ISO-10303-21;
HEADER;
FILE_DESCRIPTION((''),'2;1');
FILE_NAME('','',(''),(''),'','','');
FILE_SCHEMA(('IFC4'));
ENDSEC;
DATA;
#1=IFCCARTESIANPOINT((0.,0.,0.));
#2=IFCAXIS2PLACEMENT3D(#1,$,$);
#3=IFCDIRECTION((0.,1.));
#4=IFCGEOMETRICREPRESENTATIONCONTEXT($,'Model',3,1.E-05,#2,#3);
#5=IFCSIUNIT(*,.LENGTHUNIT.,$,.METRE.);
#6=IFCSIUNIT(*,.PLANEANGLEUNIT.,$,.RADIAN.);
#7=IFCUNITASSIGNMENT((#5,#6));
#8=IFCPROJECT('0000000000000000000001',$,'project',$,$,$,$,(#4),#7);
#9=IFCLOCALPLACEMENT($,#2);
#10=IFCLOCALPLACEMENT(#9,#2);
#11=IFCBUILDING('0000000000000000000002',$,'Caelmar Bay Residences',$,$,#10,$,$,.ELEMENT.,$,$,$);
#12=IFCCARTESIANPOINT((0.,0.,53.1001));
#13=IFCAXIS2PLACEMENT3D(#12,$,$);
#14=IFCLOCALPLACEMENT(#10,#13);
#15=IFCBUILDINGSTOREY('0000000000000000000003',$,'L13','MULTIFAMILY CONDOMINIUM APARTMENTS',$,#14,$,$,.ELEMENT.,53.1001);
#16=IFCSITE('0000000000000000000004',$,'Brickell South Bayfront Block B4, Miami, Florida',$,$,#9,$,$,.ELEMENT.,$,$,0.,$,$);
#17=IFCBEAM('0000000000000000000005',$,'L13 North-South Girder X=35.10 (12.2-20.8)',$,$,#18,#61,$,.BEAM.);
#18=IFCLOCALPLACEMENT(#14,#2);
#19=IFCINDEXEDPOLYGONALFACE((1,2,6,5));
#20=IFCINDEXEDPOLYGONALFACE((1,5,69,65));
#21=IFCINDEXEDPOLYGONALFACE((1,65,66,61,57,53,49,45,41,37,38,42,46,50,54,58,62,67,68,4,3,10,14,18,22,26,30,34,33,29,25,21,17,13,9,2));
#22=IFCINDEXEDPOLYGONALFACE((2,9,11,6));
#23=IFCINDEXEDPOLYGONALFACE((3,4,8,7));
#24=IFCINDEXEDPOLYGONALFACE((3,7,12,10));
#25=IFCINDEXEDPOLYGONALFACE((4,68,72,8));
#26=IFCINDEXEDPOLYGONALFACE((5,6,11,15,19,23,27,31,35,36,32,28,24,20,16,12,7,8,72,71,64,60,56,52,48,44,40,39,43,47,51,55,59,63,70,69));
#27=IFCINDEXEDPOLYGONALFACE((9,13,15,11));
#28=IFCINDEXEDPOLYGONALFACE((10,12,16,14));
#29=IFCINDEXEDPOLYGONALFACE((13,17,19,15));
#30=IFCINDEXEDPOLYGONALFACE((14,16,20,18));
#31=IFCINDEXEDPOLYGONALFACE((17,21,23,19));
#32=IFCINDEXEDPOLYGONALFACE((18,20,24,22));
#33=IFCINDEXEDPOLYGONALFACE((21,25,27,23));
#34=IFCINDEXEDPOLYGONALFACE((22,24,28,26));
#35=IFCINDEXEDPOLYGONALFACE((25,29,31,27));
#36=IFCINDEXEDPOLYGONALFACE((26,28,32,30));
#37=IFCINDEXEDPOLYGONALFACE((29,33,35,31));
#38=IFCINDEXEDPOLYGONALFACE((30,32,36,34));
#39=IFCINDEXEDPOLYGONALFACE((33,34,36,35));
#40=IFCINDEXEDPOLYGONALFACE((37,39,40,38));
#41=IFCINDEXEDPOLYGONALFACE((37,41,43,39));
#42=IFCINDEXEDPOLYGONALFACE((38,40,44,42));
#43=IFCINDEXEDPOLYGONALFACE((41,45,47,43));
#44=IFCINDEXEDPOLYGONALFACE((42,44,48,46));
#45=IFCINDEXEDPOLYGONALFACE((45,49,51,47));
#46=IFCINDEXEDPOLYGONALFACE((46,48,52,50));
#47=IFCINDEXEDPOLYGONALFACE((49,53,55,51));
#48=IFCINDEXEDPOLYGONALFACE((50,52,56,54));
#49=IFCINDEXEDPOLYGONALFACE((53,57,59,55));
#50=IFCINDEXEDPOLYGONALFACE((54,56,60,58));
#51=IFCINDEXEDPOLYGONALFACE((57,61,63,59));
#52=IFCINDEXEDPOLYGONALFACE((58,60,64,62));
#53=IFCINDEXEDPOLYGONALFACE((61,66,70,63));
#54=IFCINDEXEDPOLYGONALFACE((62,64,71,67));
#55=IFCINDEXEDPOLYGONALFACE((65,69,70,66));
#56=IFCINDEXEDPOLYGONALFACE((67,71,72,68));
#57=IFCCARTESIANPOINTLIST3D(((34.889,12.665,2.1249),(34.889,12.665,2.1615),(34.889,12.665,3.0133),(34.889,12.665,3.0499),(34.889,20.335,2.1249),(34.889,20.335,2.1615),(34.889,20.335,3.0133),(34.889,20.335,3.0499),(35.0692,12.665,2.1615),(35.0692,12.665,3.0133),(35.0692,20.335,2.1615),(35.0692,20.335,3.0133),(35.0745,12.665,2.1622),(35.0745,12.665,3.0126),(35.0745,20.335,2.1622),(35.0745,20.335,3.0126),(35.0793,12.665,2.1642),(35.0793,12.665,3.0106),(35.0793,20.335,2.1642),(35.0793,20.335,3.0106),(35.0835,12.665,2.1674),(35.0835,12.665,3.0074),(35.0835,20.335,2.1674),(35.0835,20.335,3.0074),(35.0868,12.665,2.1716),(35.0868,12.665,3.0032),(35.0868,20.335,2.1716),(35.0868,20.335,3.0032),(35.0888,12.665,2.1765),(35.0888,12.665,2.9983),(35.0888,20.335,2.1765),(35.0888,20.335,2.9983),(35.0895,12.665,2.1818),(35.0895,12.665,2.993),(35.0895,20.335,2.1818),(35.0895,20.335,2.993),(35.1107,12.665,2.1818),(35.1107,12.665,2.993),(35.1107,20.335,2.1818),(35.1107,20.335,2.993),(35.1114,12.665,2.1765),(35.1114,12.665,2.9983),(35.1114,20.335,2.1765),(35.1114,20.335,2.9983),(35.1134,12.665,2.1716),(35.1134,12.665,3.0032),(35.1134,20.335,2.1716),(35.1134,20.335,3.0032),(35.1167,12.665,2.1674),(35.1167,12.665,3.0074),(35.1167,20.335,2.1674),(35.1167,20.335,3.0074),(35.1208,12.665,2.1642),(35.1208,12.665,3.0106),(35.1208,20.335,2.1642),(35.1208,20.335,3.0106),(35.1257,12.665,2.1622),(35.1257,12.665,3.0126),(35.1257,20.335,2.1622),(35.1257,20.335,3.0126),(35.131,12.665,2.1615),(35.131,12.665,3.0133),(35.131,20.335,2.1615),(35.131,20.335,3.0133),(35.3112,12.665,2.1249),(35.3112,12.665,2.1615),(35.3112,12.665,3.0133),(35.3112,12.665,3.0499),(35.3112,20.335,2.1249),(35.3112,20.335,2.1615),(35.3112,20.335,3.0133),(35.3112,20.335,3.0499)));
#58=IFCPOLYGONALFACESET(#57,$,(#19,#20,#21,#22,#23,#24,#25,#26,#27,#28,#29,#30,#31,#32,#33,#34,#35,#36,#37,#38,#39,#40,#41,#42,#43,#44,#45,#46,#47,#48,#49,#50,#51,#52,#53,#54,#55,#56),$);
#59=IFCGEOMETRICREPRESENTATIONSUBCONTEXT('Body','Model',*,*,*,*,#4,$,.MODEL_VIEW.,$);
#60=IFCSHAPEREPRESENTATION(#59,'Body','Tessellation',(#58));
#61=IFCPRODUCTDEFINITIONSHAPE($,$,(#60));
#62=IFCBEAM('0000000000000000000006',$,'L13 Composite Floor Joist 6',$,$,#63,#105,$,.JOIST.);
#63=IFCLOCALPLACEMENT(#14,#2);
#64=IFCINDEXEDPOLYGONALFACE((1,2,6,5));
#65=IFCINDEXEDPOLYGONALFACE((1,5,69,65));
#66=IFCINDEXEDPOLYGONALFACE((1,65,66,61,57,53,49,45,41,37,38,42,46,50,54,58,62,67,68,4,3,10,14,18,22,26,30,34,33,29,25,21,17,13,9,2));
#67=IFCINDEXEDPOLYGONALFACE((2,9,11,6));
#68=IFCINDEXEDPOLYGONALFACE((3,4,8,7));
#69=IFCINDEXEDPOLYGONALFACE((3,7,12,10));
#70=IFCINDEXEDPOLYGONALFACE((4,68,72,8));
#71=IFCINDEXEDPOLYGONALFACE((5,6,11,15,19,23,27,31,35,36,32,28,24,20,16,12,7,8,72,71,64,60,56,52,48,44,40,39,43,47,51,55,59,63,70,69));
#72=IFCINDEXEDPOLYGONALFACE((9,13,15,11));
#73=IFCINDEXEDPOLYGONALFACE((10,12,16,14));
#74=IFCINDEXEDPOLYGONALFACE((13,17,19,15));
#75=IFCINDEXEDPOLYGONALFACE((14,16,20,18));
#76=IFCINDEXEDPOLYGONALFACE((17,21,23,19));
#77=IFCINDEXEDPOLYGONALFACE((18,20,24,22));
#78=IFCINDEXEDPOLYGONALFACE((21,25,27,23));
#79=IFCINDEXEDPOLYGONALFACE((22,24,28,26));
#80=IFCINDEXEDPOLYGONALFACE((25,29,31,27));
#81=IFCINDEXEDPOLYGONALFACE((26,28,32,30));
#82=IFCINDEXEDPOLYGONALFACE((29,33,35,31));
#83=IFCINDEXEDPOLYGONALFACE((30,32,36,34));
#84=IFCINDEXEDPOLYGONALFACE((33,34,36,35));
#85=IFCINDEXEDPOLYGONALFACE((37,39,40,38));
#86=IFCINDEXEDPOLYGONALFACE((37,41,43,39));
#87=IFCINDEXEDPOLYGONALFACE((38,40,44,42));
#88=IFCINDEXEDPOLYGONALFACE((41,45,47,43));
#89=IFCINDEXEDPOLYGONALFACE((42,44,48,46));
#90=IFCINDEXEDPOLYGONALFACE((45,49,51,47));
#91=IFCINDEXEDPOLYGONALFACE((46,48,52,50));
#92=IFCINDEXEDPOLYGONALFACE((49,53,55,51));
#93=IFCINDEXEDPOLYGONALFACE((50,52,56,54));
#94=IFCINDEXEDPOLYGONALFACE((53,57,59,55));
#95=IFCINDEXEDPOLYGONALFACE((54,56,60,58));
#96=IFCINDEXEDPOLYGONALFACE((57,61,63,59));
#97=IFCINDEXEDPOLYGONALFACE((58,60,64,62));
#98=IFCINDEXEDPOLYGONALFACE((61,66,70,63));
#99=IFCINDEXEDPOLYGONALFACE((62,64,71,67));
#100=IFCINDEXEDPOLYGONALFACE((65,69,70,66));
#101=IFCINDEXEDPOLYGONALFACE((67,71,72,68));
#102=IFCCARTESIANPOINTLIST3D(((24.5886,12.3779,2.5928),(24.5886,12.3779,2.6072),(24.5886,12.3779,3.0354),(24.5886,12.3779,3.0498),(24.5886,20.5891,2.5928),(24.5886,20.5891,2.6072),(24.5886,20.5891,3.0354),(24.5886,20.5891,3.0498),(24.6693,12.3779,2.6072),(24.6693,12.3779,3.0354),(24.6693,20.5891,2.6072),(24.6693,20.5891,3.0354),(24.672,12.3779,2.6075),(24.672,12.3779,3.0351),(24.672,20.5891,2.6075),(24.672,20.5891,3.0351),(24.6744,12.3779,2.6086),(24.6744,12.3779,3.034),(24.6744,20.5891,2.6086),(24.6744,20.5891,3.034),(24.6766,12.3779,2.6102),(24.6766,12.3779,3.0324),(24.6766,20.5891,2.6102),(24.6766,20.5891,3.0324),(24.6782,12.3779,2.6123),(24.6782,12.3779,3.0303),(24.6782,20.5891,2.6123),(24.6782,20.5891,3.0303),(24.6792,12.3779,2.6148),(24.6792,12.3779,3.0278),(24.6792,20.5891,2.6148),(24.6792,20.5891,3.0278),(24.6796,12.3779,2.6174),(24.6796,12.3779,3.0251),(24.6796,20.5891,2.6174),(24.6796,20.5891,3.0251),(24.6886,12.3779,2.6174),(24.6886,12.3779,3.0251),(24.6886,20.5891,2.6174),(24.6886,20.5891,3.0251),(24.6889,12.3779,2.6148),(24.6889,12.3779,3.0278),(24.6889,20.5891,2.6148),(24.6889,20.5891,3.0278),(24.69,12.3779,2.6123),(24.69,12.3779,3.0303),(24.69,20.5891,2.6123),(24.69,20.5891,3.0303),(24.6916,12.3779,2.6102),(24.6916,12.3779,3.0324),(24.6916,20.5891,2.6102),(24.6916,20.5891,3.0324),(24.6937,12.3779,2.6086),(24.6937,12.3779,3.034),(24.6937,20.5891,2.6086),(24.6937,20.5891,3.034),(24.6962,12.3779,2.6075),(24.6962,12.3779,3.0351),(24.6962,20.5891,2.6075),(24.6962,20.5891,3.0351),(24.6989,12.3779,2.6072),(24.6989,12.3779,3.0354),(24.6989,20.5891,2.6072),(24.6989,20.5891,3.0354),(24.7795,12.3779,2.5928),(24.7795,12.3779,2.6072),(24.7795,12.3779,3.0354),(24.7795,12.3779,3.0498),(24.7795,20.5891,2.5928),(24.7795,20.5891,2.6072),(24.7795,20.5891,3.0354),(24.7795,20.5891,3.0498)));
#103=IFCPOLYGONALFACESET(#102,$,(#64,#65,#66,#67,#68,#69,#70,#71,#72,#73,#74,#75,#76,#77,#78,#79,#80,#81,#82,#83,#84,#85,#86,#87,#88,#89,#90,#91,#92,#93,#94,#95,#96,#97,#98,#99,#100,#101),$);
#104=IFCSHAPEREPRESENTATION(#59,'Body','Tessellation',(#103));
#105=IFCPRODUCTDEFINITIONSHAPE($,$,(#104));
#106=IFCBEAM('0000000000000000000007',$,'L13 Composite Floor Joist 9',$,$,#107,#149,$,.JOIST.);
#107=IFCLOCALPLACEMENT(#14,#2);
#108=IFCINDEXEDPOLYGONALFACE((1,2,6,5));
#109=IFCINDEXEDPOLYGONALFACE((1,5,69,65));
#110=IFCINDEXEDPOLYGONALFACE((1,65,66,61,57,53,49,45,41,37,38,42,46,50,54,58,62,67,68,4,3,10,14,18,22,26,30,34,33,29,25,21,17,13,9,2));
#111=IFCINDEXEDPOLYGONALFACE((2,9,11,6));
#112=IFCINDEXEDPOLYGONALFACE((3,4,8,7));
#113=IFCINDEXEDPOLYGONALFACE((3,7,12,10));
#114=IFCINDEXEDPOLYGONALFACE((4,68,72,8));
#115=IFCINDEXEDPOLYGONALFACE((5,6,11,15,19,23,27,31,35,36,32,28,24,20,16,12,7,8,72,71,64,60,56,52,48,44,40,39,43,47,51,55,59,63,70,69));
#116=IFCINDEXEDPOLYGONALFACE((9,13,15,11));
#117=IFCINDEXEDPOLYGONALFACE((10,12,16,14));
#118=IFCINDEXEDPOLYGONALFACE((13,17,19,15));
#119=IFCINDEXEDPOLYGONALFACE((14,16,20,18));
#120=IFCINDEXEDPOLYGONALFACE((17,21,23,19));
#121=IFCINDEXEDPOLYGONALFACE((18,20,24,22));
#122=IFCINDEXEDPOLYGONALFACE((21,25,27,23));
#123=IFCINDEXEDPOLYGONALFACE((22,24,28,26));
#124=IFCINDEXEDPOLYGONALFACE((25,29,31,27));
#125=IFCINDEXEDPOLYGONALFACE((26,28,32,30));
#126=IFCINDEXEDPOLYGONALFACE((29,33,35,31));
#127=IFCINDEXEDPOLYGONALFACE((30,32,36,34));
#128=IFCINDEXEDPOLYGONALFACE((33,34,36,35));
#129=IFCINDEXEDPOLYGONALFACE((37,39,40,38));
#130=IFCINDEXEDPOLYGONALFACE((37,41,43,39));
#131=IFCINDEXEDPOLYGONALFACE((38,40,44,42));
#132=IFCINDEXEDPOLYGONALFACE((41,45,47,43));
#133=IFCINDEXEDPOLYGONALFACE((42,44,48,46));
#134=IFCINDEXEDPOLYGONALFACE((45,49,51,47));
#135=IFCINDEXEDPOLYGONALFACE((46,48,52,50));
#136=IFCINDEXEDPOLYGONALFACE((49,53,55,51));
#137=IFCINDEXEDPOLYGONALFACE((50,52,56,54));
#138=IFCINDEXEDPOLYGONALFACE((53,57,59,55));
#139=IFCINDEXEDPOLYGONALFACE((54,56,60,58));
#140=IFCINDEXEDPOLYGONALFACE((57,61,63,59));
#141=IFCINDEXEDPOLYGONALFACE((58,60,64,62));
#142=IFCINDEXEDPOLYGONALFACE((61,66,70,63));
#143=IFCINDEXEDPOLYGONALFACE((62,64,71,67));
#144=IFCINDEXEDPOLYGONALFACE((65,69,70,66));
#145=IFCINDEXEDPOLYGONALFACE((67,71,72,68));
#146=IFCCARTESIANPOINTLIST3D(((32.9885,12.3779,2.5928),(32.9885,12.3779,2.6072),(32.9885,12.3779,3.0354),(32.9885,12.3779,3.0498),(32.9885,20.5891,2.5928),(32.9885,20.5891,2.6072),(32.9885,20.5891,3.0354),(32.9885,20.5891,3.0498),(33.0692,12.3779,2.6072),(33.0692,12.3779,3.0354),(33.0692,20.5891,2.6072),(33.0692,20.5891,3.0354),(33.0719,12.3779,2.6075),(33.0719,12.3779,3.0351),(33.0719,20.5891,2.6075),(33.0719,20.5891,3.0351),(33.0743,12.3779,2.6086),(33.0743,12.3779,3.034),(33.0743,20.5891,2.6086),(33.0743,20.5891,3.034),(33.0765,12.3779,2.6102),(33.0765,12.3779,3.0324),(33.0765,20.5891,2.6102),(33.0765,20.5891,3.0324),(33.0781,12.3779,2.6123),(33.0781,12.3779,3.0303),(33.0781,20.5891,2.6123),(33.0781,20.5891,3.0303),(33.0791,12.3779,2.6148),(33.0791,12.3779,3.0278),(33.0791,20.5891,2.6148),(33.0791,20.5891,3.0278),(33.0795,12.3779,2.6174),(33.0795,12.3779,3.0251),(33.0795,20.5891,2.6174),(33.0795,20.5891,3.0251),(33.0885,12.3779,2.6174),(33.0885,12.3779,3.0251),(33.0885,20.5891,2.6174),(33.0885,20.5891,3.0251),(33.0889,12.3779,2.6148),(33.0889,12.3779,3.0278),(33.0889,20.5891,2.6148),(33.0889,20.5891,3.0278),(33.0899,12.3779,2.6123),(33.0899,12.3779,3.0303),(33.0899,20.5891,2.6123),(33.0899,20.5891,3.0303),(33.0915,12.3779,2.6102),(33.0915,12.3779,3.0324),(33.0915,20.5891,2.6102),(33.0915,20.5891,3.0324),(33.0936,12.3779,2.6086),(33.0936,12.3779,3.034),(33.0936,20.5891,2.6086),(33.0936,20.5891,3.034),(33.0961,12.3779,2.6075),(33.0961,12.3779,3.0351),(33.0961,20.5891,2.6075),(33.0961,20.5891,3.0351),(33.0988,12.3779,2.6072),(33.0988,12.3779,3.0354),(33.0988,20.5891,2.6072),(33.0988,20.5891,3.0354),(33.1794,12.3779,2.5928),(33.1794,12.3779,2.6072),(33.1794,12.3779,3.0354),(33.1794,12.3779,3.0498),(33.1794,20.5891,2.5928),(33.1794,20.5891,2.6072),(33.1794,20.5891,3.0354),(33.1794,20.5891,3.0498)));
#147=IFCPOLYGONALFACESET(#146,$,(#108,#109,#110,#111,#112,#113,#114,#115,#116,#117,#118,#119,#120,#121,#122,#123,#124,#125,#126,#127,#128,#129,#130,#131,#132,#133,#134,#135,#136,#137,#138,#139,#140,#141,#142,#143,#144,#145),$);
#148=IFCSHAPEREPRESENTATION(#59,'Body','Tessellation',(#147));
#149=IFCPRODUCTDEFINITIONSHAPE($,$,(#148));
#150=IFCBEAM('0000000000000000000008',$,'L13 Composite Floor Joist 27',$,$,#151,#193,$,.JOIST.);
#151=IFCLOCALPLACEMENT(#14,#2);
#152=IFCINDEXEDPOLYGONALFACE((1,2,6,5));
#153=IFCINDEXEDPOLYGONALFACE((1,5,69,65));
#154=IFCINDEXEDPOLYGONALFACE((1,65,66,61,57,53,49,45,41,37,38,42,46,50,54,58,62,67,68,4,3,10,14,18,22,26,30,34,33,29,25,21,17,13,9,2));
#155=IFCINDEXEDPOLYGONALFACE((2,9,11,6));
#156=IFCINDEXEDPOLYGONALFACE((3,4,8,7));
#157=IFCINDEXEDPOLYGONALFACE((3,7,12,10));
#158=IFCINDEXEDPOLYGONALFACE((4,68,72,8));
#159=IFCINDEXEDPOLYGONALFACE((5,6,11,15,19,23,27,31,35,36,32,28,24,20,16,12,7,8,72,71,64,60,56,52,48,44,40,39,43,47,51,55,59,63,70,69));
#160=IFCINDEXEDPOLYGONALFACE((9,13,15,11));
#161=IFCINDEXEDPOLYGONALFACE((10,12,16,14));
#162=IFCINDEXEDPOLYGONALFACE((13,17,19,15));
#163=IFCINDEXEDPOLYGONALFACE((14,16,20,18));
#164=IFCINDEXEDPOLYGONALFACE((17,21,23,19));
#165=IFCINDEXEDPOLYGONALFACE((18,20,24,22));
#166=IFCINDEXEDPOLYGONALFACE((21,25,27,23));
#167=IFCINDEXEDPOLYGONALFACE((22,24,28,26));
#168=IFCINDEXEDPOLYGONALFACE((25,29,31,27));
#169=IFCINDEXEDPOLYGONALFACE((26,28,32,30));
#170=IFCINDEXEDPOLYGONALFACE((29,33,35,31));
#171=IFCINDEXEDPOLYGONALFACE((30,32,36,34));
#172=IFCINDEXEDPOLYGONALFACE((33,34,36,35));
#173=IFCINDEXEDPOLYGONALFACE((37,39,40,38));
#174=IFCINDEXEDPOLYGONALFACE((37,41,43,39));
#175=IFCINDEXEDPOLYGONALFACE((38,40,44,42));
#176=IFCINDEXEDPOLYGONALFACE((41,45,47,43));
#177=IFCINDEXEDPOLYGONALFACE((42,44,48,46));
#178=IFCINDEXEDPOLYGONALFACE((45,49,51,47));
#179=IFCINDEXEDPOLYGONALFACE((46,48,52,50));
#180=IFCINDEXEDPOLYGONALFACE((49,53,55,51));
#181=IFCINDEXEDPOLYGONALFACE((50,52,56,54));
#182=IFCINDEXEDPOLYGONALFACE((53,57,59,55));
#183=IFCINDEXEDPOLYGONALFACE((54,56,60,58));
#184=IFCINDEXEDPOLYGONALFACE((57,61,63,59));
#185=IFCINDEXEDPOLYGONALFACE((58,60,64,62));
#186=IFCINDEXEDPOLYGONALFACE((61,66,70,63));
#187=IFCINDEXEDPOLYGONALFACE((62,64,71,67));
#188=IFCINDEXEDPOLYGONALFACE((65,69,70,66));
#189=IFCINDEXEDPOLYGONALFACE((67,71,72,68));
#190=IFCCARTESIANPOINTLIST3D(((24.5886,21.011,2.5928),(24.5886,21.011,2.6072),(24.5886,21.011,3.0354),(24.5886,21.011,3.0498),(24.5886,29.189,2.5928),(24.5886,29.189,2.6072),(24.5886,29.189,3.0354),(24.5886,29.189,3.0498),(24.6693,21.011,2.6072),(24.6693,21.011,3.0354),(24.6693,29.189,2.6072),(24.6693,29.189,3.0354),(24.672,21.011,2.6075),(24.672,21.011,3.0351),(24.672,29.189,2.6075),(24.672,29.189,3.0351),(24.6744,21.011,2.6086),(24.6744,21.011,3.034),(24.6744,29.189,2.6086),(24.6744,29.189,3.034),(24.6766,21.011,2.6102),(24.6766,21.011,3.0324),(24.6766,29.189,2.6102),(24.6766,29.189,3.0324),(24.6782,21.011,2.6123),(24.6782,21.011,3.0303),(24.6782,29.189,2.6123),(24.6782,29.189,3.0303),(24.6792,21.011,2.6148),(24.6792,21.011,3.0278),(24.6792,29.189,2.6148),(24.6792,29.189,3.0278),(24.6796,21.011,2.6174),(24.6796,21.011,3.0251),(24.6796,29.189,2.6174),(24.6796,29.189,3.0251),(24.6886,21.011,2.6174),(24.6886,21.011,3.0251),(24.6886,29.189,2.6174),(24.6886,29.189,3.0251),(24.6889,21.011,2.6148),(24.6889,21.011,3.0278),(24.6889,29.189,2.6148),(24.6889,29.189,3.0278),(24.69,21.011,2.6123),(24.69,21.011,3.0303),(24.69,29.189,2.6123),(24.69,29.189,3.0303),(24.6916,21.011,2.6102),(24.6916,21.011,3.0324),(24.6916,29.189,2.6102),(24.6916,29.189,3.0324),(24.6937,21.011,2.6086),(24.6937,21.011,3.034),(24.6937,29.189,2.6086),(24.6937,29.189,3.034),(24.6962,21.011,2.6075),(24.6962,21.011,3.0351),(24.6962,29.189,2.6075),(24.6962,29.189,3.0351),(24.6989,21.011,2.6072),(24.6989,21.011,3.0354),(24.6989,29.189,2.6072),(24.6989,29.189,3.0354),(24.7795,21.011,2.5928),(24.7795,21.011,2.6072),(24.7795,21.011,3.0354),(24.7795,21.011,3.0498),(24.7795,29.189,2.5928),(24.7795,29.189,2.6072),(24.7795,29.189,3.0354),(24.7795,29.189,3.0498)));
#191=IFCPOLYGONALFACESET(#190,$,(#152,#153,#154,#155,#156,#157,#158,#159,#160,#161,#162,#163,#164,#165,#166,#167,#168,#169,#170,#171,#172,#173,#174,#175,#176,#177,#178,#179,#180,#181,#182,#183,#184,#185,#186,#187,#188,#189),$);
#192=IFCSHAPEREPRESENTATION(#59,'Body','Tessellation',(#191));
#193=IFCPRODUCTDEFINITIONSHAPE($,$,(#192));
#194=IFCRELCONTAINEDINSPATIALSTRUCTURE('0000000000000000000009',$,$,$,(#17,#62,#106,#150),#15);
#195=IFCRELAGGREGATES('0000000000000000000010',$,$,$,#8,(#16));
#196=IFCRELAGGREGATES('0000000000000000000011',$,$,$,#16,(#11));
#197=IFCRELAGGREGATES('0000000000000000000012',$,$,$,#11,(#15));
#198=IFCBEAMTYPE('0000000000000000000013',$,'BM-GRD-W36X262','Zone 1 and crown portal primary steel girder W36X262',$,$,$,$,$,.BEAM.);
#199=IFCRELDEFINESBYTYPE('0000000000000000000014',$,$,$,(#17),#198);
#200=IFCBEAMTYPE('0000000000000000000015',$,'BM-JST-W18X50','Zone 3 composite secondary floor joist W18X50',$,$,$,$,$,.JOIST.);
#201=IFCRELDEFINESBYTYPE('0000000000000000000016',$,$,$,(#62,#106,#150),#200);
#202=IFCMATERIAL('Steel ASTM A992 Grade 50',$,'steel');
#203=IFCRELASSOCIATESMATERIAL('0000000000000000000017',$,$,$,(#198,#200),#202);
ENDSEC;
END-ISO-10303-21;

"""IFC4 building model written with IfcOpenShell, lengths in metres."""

from ifc_helpers import new_model, si_unit, direction, frame, origin, origin_2d, place, context, subcontext, project, spatial, i_section, extrude, material, material_profile, profile_set, type_object, element, save


model = new_model("IFC4")

# Units and contexts
model_context = context("Model", 3, precision=1e-05, world=origin(), true_north=direction((0.0, 1.0)))
body_context = subcontext(model_context, "Body", "Model", "MODEL_VIEW")
ifc_project = project(units=[si_unit("LENGTHUNIT", "METRE"), si_unit("PLANEANGLEUNIT", "RADIAN")], contexts=[model_context])

# Site, building, storey
site_placement = place(None, origin())
site = spatial("IfcSite", under=ifc_project, at=site_placement, Name="Brickell South Bayfront Block B4, Miami, Florida", CompositionType="ELEMENT", RefElevation=0.0)
building_placement = place(site_placement, origin())
building = spatial("IfcBuilding", under=site, at=building_placement, Name="Caelmar Bay Residences", CompositionType="ELEMENT")
storey_placement = place(building_placement, frame((0.0, 0.0, 53.1001)))
storey = spatial("IfcBuildingStorey", under=building, at=storey_placement, Name="L13", Description="MULTIFAMILY CONDOMINIUM APARTMENTS", CompositionType="ELEMENT", Elevation=53.1001)

# Beams
ifc_material_1 = material(Name="Steel ASTM A992 Grade 50", Category="steel")
ifc_material_profile_1 = material_profile(ifc_material_1, i_section(OverallWidth=0.4221, OverallDepth=0.925, WebThickness=0.0212, FlangeThickness=0.0366, FilletRadius=0.0203, at=origin_2d()), Name="W36X262")
ifc_profile_set_1 = profile_set([ifc_material_profile_1], Name="Steel ASTM A992 Grade 50")
beam_type_1 = type_object("IfcBeamType", Name="BM-GRD-W36X262", Description="Zone 1 and crown portal primary steel girder W36X262", PredefinedType="BEAM", material=ifc_profile_set_1)
for number, where, z_axis, x_axis, name in (
    (1, (35.1001, 12.665, 2.5874), (0.0, 1.0, 0.0), (-1.0, 0.0, 0.0), "L13 North-South Girder X=35.10 (12.2-20.8)"),
):
    element("IfcBeam", number, at=place(storey_placement, frame(where, z_axis=z_axis, x_axis=x_axis)), inside=storey, type_object=beam_type_1, Name=name, PredefinedType="BEAM", context=body_context, shape_type="SweptSolid", body=[
        extrude(i_section(OverallWidth=0.4221, OverallDepth=0.925, WebThickness=0.0212, FlangeThickness=0.0366, FilletRadius=0.0203, at=origin_2d()), origin(), (0.0, 0.0, 1.0), 7.6699),
    ])
ifc_material_profile_2 = material_profile(ifc_material_1, i_section(OverallWidth=0.1909, OverallDepth=0.457, WebThickness=0.009, FlangeThickness=0.0144, FilletRadius=0.0103, at=origin_2d()), Name="W18X50")
ifc_profile_set_2 = profile_set([ifc_material_profile_2], Name="Steel ASTM A992 Grade 50")
beam_type_2 = type_object("IfcBeamType", Name="BM-JST-W18X50", Description="Zone 3 composite secondary floor joist W18X50", PredefinedType="JOIST", material=ifc_profile_set_2)
for number, where, z_axis, x_axis, name in (
    (2, (24.6841, 12.3779, 2.8213), (0.0, 1.0, 0.0), (-1.0, 0.0, 0.0), "L13 Composite Floor Joist 6"),
    (3, (33.084, 12.3779, 2.8213), (0.0, 1.0, 0.0), (-1.0, 0.0, 0.0), "L13 Composite Floor Joist 9"),
):
    element("IfcBeam", number, at=place(storey_placement, frame(where, z_axis=z_axis, x_axis=x_axis)), inside=storey, type_object=beam_type_2, Name=name, PredefinedType="JOIST", context=body_context, shape_type="SweptSolid", body=[
        extrude(i_section(OverallWidth=0.1909, OverallDepth=0.457, WebThickness=0.009, FlangeThickness=0.0144, FilletRadius=0.0103, at=origin_2d()), origin(), (0.0, 0.0, 1.0), 8.2112),
    ])
for number, where, z_axis, x_axis, name in (
    (4, (24.6841, 21.011, 2.8213), (0.0, 1.0, 0.0), (-1.0, 0.0, 0.0), "L13 Composite Floor Joist 27"),
):
    element("IfcBeam", number, at=place(storey_placement, frame(where, z_axis=z_axis, x_axis=x_axis)), inside=storey, type_object=beam_type_2, Name=name, PredefinedType="JOIST", context=body_context, shape_type="SweptSolid", body=[
        extrude(i_section(OverallWidth=0.1909, OverallDepth=0.457, WebThickness=0.009, FlangeThickness=0.0144, FilletRadius=0.0103, at=origin_2d()), origin(), (0.0, 0.0, 1.0), 8.178),
    ])

save(model, "model.ifc")
